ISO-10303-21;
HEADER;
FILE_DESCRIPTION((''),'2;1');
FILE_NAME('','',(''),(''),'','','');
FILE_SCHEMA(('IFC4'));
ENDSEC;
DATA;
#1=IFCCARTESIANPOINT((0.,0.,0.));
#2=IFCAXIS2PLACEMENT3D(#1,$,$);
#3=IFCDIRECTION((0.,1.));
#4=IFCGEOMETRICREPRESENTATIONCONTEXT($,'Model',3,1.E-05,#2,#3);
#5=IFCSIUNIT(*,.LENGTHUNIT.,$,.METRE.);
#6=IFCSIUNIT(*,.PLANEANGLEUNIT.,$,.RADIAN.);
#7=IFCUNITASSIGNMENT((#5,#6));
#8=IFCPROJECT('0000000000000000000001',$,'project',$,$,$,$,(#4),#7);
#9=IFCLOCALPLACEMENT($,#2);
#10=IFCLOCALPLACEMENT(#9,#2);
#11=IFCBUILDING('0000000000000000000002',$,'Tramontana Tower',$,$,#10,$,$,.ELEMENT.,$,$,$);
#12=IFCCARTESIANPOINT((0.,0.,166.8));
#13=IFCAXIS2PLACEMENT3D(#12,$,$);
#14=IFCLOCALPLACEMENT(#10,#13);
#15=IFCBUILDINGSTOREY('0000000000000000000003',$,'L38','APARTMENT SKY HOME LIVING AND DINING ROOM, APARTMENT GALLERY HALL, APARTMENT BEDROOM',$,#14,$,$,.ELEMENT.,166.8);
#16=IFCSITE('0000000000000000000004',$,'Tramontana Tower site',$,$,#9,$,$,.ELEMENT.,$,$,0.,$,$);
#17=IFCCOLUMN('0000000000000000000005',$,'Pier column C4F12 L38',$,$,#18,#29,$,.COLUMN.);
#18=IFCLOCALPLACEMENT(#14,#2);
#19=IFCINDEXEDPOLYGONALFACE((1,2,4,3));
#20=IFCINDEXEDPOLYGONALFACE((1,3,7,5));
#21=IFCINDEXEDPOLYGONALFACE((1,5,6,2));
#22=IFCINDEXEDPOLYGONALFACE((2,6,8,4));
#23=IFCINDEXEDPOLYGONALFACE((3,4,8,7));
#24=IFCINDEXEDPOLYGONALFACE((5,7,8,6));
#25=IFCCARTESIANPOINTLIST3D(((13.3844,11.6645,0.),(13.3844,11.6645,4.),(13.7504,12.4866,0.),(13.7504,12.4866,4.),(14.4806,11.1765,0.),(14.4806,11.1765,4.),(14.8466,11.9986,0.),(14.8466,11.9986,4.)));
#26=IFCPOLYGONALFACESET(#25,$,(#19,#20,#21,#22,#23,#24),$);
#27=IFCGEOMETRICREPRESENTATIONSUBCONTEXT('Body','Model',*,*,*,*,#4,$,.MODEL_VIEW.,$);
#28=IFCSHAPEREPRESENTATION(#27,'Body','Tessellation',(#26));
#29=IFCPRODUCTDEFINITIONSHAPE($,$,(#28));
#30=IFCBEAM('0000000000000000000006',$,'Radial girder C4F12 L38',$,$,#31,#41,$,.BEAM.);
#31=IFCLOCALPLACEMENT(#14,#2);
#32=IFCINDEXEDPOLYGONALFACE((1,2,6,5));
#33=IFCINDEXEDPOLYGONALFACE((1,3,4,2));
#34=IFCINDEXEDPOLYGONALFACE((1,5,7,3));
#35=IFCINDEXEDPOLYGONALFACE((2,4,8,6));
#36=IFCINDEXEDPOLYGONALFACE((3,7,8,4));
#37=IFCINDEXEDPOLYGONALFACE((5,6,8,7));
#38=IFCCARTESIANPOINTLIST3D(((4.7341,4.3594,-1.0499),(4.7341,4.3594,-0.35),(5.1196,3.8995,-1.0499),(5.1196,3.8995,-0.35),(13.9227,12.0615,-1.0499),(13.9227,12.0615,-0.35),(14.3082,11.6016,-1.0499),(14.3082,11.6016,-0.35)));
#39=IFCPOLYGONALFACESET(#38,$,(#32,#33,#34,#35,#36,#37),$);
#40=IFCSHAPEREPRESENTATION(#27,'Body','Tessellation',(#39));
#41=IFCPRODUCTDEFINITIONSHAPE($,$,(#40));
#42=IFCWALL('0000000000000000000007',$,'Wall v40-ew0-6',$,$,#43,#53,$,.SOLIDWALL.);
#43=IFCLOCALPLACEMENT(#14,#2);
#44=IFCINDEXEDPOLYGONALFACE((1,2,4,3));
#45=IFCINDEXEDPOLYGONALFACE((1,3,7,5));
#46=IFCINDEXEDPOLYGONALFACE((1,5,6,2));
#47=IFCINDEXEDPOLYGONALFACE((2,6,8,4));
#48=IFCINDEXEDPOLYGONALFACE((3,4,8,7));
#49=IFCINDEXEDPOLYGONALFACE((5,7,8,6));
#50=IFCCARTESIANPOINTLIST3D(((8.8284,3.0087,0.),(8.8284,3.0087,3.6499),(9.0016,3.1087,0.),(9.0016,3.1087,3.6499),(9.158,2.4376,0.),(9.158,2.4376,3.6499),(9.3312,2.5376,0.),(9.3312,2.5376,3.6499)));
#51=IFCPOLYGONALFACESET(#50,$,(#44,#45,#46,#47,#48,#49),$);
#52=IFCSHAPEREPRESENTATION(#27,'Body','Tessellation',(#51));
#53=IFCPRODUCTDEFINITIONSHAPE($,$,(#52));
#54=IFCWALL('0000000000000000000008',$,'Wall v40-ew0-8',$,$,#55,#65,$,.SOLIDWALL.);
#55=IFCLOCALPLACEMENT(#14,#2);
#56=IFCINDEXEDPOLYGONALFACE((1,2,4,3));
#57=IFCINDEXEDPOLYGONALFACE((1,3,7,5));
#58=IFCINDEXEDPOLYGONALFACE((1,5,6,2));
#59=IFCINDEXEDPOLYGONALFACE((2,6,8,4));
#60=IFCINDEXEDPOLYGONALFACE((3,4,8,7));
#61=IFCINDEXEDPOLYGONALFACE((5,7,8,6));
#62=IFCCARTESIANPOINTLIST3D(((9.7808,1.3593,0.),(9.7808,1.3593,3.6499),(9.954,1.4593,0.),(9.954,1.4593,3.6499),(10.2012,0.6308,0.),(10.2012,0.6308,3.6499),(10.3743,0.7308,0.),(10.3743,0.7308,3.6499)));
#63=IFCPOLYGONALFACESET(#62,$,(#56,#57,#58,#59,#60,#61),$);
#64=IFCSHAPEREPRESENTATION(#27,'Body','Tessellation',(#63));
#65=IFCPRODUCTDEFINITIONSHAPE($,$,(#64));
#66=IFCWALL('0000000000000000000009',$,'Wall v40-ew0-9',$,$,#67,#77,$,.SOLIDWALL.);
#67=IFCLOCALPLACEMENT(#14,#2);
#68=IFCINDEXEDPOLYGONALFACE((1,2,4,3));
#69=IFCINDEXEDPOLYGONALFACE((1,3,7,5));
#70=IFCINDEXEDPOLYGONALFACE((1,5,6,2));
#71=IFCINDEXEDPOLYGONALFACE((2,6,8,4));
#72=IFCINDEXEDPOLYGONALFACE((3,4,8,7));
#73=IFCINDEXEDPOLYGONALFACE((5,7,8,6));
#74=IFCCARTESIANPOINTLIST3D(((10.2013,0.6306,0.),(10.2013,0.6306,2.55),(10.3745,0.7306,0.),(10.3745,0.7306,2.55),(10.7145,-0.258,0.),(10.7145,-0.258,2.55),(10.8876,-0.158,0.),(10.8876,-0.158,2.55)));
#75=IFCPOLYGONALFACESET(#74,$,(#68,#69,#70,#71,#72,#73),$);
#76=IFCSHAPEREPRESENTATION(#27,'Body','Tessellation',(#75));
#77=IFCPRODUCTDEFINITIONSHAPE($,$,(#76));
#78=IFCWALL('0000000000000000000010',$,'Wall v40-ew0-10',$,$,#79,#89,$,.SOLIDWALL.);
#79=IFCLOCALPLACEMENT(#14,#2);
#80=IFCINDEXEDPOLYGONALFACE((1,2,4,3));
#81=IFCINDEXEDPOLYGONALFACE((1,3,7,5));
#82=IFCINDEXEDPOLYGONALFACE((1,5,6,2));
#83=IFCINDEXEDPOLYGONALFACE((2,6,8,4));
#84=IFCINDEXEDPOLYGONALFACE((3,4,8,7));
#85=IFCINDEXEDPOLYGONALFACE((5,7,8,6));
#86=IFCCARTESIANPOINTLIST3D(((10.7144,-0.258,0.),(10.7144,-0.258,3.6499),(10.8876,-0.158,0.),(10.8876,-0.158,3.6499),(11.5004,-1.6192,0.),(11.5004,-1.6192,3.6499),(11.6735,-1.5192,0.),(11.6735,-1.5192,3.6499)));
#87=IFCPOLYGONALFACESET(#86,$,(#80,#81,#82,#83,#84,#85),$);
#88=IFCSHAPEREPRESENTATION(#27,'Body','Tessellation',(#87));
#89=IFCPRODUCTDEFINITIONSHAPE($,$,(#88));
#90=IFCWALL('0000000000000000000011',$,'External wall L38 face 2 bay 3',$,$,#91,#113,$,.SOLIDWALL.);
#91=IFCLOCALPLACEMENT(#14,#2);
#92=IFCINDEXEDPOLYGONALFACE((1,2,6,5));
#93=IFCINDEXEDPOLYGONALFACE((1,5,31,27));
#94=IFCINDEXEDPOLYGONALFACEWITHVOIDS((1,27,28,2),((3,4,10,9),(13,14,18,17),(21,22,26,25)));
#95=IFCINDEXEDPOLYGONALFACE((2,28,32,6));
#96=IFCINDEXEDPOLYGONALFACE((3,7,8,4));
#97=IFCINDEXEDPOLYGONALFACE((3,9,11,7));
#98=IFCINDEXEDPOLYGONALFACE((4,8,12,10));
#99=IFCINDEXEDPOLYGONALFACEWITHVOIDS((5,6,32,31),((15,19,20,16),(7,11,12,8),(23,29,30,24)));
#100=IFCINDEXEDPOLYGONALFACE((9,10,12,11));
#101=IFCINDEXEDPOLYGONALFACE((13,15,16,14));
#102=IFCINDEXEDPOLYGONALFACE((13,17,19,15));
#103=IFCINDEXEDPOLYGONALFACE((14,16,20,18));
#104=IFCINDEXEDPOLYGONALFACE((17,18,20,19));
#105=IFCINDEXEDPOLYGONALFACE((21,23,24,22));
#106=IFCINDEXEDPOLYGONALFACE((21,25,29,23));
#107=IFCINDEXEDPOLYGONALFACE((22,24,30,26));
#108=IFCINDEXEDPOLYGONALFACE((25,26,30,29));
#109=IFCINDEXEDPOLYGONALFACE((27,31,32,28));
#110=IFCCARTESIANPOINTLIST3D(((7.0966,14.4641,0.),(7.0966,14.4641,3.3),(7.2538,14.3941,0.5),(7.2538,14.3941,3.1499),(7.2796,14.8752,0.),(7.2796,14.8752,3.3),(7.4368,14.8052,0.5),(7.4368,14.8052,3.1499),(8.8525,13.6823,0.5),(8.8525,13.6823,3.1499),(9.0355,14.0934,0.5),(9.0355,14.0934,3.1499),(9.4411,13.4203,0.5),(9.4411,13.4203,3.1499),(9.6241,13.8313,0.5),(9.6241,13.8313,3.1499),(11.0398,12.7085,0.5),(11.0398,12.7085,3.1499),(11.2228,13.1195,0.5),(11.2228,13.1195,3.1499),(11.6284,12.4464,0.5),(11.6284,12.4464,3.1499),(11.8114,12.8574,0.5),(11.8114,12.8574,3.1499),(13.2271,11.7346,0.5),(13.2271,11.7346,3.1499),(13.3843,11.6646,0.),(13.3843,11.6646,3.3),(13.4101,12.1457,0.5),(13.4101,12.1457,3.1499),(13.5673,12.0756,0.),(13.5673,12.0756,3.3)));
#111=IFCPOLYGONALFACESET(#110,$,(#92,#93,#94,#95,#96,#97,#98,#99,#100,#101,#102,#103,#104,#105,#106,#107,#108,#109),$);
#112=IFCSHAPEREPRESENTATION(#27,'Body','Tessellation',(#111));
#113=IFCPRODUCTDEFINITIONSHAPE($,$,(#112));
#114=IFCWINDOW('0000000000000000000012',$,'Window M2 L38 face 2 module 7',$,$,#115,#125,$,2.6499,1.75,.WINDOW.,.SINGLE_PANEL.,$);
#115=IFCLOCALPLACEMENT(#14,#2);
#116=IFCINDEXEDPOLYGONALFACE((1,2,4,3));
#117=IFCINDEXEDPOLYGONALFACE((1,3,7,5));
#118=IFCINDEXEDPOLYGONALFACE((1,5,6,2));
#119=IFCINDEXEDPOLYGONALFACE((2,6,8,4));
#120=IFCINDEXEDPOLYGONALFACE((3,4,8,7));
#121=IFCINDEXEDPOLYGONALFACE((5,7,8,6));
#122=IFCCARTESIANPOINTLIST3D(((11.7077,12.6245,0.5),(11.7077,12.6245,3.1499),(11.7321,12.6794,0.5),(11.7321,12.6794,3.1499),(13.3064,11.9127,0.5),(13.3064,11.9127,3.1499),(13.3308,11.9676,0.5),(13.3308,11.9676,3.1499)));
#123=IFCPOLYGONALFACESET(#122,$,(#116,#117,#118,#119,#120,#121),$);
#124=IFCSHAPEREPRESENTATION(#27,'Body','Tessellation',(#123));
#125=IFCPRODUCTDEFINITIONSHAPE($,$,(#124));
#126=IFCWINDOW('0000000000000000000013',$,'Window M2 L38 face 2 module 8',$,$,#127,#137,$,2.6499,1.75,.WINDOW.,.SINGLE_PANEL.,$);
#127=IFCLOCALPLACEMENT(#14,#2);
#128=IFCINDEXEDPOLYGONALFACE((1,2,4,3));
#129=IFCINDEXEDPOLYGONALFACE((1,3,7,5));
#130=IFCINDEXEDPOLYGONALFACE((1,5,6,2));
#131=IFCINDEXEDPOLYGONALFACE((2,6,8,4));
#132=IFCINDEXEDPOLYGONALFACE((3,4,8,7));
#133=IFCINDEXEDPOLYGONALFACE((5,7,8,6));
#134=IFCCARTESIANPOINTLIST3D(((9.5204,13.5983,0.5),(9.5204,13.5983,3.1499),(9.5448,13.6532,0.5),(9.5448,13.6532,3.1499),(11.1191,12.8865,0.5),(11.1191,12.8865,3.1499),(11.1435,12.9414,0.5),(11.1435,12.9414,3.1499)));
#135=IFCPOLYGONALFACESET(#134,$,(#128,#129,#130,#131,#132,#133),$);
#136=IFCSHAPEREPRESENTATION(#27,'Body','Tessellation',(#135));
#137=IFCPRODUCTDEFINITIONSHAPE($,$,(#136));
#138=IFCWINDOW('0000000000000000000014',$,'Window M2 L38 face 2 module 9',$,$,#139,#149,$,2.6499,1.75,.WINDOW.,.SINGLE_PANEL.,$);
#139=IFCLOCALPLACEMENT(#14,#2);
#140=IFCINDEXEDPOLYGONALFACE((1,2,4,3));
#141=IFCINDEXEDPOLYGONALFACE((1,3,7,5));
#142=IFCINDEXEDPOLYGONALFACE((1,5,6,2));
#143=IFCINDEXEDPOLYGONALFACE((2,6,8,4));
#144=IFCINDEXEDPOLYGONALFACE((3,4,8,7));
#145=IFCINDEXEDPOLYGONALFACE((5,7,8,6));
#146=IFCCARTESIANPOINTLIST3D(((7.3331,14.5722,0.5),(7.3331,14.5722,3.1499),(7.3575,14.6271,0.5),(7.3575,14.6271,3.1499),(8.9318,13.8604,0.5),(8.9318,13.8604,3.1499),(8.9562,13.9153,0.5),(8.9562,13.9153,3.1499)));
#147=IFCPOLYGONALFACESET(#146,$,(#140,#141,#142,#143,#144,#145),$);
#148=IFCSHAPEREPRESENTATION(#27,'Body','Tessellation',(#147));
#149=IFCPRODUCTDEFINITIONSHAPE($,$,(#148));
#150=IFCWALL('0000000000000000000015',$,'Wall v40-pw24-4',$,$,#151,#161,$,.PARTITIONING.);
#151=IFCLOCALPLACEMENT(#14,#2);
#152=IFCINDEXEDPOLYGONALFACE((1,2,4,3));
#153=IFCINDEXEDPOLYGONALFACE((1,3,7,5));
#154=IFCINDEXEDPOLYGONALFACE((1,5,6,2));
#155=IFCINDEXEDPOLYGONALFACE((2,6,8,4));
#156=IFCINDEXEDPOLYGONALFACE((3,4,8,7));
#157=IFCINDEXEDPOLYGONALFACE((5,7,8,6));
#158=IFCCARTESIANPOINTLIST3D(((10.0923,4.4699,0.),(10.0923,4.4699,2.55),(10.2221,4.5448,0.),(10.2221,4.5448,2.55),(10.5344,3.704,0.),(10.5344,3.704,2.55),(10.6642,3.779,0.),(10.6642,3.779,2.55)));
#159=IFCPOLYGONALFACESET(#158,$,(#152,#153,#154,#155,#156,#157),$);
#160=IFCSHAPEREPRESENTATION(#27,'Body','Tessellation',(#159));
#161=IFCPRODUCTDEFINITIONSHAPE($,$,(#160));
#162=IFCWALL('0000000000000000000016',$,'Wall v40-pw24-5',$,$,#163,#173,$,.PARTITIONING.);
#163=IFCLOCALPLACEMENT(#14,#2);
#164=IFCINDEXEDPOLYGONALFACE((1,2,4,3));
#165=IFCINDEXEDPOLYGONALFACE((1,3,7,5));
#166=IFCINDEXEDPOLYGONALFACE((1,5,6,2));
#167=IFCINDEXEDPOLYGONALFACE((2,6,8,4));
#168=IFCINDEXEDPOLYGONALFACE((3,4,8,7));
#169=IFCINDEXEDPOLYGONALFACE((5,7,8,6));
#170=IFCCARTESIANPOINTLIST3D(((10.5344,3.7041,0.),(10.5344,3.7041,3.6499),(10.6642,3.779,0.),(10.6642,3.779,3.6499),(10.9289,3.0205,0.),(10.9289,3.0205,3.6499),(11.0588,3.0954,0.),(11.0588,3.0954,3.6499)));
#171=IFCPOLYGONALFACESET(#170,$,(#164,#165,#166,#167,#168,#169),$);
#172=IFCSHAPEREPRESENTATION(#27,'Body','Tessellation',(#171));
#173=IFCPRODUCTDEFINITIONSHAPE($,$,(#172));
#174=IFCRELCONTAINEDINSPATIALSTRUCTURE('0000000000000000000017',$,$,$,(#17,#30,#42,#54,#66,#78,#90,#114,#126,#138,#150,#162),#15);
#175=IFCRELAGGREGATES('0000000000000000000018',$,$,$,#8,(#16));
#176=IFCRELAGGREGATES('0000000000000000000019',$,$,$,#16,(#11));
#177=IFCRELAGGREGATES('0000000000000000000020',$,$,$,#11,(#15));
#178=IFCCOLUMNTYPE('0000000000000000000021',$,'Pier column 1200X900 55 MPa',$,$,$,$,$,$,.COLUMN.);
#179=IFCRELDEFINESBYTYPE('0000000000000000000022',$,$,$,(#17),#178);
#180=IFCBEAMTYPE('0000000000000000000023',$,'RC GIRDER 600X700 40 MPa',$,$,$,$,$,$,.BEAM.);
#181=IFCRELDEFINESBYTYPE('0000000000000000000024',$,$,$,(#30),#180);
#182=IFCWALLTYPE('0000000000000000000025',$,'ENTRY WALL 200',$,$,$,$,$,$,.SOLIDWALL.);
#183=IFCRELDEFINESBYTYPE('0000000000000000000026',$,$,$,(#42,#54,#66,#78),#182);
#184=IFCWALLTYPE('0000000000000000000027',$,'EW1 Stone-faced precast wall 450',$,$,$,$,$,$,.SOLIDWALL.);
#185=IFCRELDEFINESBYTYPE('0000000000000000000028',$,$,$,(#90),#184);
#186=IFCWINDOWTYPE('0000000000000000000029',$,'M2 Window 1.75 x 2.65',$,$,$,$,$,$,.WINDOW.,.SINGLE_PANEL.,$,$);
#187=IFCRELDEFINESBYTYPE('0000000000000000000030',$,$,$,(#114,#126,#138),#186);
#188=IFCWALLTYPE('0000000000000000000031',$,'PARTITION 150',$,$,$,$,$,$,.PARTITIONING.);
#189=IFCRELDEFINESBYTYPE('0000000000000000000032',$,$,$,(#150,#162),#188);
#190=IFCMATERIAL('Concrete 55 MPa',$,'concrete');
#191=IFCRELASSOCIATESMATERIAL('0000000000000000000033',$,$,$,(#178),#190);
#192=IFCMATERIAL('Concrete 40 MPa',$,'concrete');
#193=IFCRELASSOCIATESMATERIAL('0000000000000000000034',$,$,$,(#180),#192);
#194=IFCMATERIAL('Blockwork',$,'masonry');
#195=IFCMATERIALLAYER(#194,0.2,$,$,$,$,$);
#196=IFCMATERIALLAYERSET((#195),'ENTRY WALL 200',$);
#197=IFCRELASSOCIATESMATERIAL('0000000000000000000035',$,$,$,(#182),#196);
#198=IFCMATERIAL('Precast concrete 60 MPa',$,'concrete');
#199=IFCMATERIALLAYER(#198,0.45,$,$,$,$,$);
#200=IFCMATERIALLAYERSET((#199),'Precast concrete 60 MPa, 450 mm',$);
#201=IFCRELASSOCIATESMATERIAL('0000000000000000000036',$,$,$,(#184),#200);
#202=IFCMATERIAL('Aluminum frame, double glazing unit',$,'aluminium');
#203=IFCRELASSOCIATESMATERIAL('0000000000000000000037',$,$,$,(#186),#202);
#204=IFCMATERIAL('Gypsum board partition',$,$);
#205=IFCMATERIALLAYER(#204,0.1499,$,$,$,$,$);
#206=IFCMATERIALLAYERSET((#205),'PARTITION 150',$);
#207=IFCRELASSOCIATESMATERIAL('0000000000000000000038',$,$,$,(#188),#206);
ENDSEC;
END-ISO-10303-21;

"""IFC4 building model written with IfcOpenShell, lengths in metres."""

from ifc_helpers import new_model, si_unit, direction, frame, frame_2d, origin, origin_2d, place, context, subcontext, project, spatial, rectangle, extrude, material, layer, layer_set, material_profile, profile_set, type_object, element, fill, save


model = new_model("IFC4")

# Units and contexts
model_context = context("Model", 3, precision=1e-05, world=origin(), true_north=direction((0.0, 1.0)))
body_context = subcontext(model_context, "Body", "Model", "MODEL_VIEW")
ifc_project = project(units=[si_unit("LENGTHUNIT", "METRE"), si_unit("PLANEANGLEUNIT", "RADIAN")], contexts=[model_context])

# Site, building, storey
site_placement = place(None, origin())
site = spatial("IfcSite", under=ifc_project, at=site_placement, Name="Tramontana Tower site", CompositionType="ELEMENT", RefElevation=0.0)
building_placement = place(site_placement, origin())
building = spatial("IfcBuilding", under=site, at=building_placement, Name="Tramontana Tower", CompositionType="ELEMENT")
storey_placement = place(building_placement, frame((0.0, 0.0, 166.8)))
storey = spatial("IfcBuildingStorey", under=building, at=storey_placement, Name="L38", Description="APARTMENT SKY HOME LIVING AND DINING ROOM, APARTMENT GALLERY HALL, APARTMENT BEDROOM", CompositionType="ELEMENT", Elevation=166.8)

# Column
ifc_material_1 = material(Name="Concrete 55 MPa", Category="concrete")
ifc_material_profile_1 = material_profile(ifc_material_1, rectangle(XDim=1.2, YDim=0.8999, at=origin_2d()), Name="Pier column 1200X900 55 MPa")
ifc_profile_set_1 = profile_set([ifc_material_profile_1], Name="Concrete 55 MPa")
column_type = type_object("IfcColumnType", Name="Pier column 1200X900 55 MPa", PredefinedType="COLUMN", material=ifc_profile_set_1)
column_placement = place(storey_placement, frame((14.1155, 11.8315, 0.0), z_axis=(0.0, 0.0, 1.0), x_axis=(-0.913545, 0.406737, 0.0)))
element("IfcColumn", 1, at=column_placement, inside=storey, type_object=column_type, Name="Pier column C4F12 L38", PredefinedType="COLUMN", context=body_context, shape_type="SweptSolid", body=[
    extrude(rectangle(XDim=1.2, YDim=0.8999, at=origin_2d()), origin(), (0.0, 0.0, 1.0), 4.0),
])

# Beam
ifc_material_2 = material(Name="Concrete 40 MPa", Category="concrete")
ifc_material_profile_2 = material_profile(ifc_material_2, rectangle(XDim=0.6001, YDim=0.7, at=origin_2d()), Name="RC GIRDER 600X700 40 MPa")
ifc_profile_set_2 = profile_set([ifc_material_profile_2], Name="Concrete 40 MPa")
beam_type = type_object("IfcBeamType", Name="RC GIRDER 600X700 40 MPa", PredefinedType="BEAM", material=ifc_profile_set_2)
beam_placement = place(storey_placement, frame((14.1155, 11.8315, -0.7), z_axis=(-0.766377, -0.642391, 0.0), x_axis=(0.642391, -0.766377, 0.0)))
element("IfcBeam", 2, at=beam_placement, inside=storey, type_object=beam_type, Name="Radial girder C4F12 L38", PredefinedType="BEAM", context=body_context, shape_type="SweptSolid", body=[
    extrude(rectangle(XDim=0.6001, YDim=0.7, at=origin_2d()), origin(), (0.0, 0.0, 1.0), 11.9897),
])

# Wall
ifc_material_3 = material(Name="Blockwork", Category="masonry")
ifc_layer_1 = layer(ifc_material_3, 0.2)
ifc_layer_set_1 = layer_set([ifc_layer_1], Name="ENTRY WALL 200")
wall_type_1 = type_object("IfcWallType", Name="ENTRY WALL 200", PredefinedType="SOLIDWALL", material=ifc_layer_set_1)
wall_1_placement = place(storey_placement, frame((8.915, 3.0586, 0.0), z_axis=(0.0, 0.0, 1.0), x_axis=(0.499883, -0.866093, 0.0)))
element("IfcWall", 3, at=wall_1_placement, inside=storey, type_object=wall_type_1, Name="Wall v40-ew0-6", PredefinedType="SOLIDWALL", context=body_context, shape_type="SweptSolid", body=[
    extrude(rectangle(XDim=0.6594, YDim=0.2, at=frame_2d((0.3296, 0.0))), origin(), (0.0, 0.0, 1.0), 3.6499),
])

# Walls
wall_2_placement = place(storey_placement, frame((9.8674, 1.4092, 0.0), z_axis=(0.0, 0.0, 1.0), x_axis=(0.499823, -0.866128, 0.0)))
element("IfcWall", 4, at=wall_2_placement, inside=storey, type_object=wall_type_1, Name="Wall v40-ew0-8", PredefinedType="SOLIDWALL", context=body_context, shape_type="SweptSolid", body=[
    extrude(rectangle(XDim=0.8411, YDim=0.2, at=frame_2d((0.4204, 0.0))), origin(), (0.0, 0.0, 1.0), 3.6499),
])
wall_3_placement = place(storey_placement, frame((10.2878, 0.6807, 0.0), z_axis=(0.0, 0.0, 1.0), x_axis=(0.500079, -0.86598, 0.0)))
element("IfcWall", 5, at=wall_3_placement, inside=storey, type_object=wall_type_1, Name="Wall v40-ew0-9", PredefinedType="SOLIDWALL", context=body_context, shape_type="SweptSolid", body=[
    extrude(rectangle(XDim=1.0261, YDim=0.2, at=frame_2d((0.5132, 0.0))), origin(), (0.0, 0.0, 1.0), 2.55),
])
wall_4_placement = place(storey_placement, frame((10.801, -0.208, 0.0), z_axis=(0.0, 0.0, 1.0), x_axis=(0.500032, -0.866007, 0.0)))
element("IfcWall", 6, at=wall_4_placement, inside=storey, type_object=wall_type_1, Name="Wall v40-ew0-10", PredefinedType="SOLIDWALL", context=body_context, shape_type="SweptSolid", body=[
    extrude(rectangle(XDim=1.5718, YDim=0.2, at=frame_2d((0.7859, 0.0))), origin(), (0.0, 0.0, 1.0), 3.6499),
])

# Wall, openings, windows
ifc_material_4 = material(Name="Precast concrete 60 MPa", Category="concrete")
ifc_layer_2 = layer(ifc_material_4, 0.45)
ifc_layer_set_2 = layer_set([ifc_layer_2], Name="Precast concrete 60 MPa, 450 mm")
wall_type_2 = type_object("IfcWallType", Name="EW1 Stone-faced precast wall 450", PredefinedType="SOLIDWALL", material=ifc_layer_set_2)
wall_5_placement = place(storey_placement, frame((13.4758, 11.8701, 0.0), z_axis=(0.0, 0.0, 1.0), x_axis=(-0.913544, 0.406741, 0.0)))
wall_5 = element("IfcWall", 7, at=wall_5_placement, inside=storey, type_object=wall_type_2, Name="External wall L38 face 2 bay 3", PredefinedType="SOLIDWALL", context=body_context, shape_type="SweptSolid", body=[
    extrude(rectangle(XDim=6.8828, YDim=0.45, at=frame_2d((3.4414, 0.0))), origin(), (0.0, 0.0, 1.0), 3.3),
])
opening_1_placement = place(wall_5_placement, frame((0.1721, 0.0, 0.5)))
opening_1 = element("IfcOpeningElement", 8, at=opening_1_placement, cuts=wall_5, PredefinedType="OPENING", context=body_context, shape_type="SweptSolid", body=[
    extrude(rectangle(XDim=1.75, YDim=2.6499, at=frame_2d((0.875, 1.325))), frame((0.0, 0.2349, 0.0), z_axis=(0.0, -1.0, 0.0), x_axis=(1.0, 0.0, 0.0)), (0.0, 0.0, 1.0), 0.47),
])
opening_2_placement = place(wall_5_placement, frame((2.5664, 0.0, 0.5)))
opening_2 = element("IfcOpeningElement", 9, at=opening_2_placement, cuts=wall_5, PredefinedType="OPENING", context=body_context, shape_type="SweptSolid", body=[
    extrude(rectangle(XDim=1.75, YDim=2.6499, at=frame_2d((0.875, 1.325))), frame((0.0, 0.2349, 0.0), z_axis=(0.0, -1.0, 0.0), x_axis=(1.0, 0.0, 0.0)), (0.0, 0.0, 1.0), 0.47),
])
opening_3_placement = place(wall_5_placement, frame((4.9607, 0.0, 0.5)))
opening_3 = element("IfcOpeningElement", 10, at=opening_3_placement, cuts=wall_5, PredefinedType="OPENING", context=body_context, shape_type="SweptSolid", body=[
    extrude(rectangle(XDim=1.75, YDim=2.6499, at=frame_2d((0.875, 1.325))), frame((0.0, 0.2349, 0.0), z_axis=(0.0, -1.0, 0.0), x_axis=(1.0, 0.0, 0.0)), (0.0, 0.0, 1.0), 0.47),
])
ifc_material_5 = material(Name="Aluminum frame, double glazing unit", Category="aluminium")
window_type = type_object("IfcWindowType", Name="M2 Window 1.75 x 2.65", PartitioningType="SINGLE_PANEL", PredefinedType="WINDOW", material=ifc_material_5)
window_1_placement = place(opening_1_placement, origin())
window_1 = element("IfcWindow", 11, at=window_1_placement, inside=storey, type_object=window_type, Name="Window M2 L38 face 2 module 7", OverallHeight=2.6499, OverallWidth=1.75, PartitioningType="SINGLE_PANEL", PredefinedType="WINDOW", context=body_context, shape_type="SweptSolid", body=[
    extrude(rectangle(XDim=1.75, YDim=2.6499, at=frame_2d((0.875, 1.325))), frame((0.0, 0.03, 0.0), z_axis=(0.0, -1.0, 0.0), x_axis=(1.0, 0.0, 0.0)), (0.0, 0.0, 1.0), 0.0601),
])
fill(opening_1, window_1)
window_2_placement = place(opening_2_placement, origin())
window_2 = element("IfcWindow", 12, at=window_2_placement, inside=storey, type_object=window_type, Name="Window M2 L38 face 2 module 8", OverallHeight=2.6499, OverallWidth=1.75, PartitioningType="SINGLE_PANEL", PredefinedType="WINDOW", context=body_context, shape_type="SweptSolid", body=[
    extrude(rectangle(XDim=1.75, YDim=2.6499, at=frame_2d((0.875, 1.325))), frame((0.0, 0.03, 0.0), z_axis=(0.0, -1.0, 0.0), x_axis=(1.0, 0.0, 0.0)), (0.0, 0.0, 1.0), 0.0601),
])
fill(opening_2, window_2)
window_3_placement = place(opening_3_placement, origin())
window_3 = element("IfcWindow", 13, at=window_3_placement, inside=storey, type_object=window_type, Name="Window M2 L38 face 2 module 9", OverallHeight=2.6499, OverallWidth=1.75, PartitioningType="SINGLE_PANEL", PredefinedType="WINDOW", context=body_context, shape_type="SweptSolid", body=[
    extrude(rectangle(XDim=1.75, YDim=2.6499, at=frame_2d((0.875, 1.325))), frame((0.0, 0.03, 0.0), z_axis=(0.0, -1.0, 0.0), x_axis=(1.0, 0.0, 0.0)), (0.0, 0.0, 1.0), 0.0601),
])
fill(opening_3, window_3)

# Walls
ifc_material_6 = material(Name="Gypsum board partition")
ifc_layer_3 = layer(ifc_material_6, 0.1499)
ifc_layer_set_3 = layer_set([ifc_layer_3], Name="PARTITION 150")
wall_type_3 = type_object("IfcWallType", Name="PARTITION 150", PredefinedType="PARTITIONING", material=ifc_layer_set_3)
wall_6_placement = place(storey_placement, frame((10.1572, 4.5073, 0.0), z_axis=(0.0, 0.0, 1.0), x_axis=(0.499969, -0.866043, 0.0)))
element("IfcWall", 14, at=wall_6_placement, inside=storey, type_object=wall_type_3, Name="Wall v40-pw24-4", PredefinedType="PARTITIONING", context=body_context, shape_type="SweptSolid", body=[
    extrude(rectangle(XDim=0.8843, YDim=0.1499, at=frame_2d((0.4421, 0.0))), origin(), (0.0, 0.0, 1.0), 2.55),
])
wall_7_placement = place(storey_placement, frame((10.5994, 3.7415, 0.0), z_axis=(0.0, 0.0, 1.0), x_axis=(0.499865, -0.866103, 0.0)))
element("IfcWall", 15, at=wall_7_placement, inside=storey, type_object=wall_type_3, Name="Wall v40-pw24-5", PredefinedType="PARTITIONING", context=body_context, shape_type="SweptSolid", body=[
    extrude(rectangle(XDim=0.7893, YDim=0.1499, at=frame_2d((0.3945, 0.0))), origin(), (0.0, 0.0, 1.0), 3.6499),
])

save(model, "model.ifc")
